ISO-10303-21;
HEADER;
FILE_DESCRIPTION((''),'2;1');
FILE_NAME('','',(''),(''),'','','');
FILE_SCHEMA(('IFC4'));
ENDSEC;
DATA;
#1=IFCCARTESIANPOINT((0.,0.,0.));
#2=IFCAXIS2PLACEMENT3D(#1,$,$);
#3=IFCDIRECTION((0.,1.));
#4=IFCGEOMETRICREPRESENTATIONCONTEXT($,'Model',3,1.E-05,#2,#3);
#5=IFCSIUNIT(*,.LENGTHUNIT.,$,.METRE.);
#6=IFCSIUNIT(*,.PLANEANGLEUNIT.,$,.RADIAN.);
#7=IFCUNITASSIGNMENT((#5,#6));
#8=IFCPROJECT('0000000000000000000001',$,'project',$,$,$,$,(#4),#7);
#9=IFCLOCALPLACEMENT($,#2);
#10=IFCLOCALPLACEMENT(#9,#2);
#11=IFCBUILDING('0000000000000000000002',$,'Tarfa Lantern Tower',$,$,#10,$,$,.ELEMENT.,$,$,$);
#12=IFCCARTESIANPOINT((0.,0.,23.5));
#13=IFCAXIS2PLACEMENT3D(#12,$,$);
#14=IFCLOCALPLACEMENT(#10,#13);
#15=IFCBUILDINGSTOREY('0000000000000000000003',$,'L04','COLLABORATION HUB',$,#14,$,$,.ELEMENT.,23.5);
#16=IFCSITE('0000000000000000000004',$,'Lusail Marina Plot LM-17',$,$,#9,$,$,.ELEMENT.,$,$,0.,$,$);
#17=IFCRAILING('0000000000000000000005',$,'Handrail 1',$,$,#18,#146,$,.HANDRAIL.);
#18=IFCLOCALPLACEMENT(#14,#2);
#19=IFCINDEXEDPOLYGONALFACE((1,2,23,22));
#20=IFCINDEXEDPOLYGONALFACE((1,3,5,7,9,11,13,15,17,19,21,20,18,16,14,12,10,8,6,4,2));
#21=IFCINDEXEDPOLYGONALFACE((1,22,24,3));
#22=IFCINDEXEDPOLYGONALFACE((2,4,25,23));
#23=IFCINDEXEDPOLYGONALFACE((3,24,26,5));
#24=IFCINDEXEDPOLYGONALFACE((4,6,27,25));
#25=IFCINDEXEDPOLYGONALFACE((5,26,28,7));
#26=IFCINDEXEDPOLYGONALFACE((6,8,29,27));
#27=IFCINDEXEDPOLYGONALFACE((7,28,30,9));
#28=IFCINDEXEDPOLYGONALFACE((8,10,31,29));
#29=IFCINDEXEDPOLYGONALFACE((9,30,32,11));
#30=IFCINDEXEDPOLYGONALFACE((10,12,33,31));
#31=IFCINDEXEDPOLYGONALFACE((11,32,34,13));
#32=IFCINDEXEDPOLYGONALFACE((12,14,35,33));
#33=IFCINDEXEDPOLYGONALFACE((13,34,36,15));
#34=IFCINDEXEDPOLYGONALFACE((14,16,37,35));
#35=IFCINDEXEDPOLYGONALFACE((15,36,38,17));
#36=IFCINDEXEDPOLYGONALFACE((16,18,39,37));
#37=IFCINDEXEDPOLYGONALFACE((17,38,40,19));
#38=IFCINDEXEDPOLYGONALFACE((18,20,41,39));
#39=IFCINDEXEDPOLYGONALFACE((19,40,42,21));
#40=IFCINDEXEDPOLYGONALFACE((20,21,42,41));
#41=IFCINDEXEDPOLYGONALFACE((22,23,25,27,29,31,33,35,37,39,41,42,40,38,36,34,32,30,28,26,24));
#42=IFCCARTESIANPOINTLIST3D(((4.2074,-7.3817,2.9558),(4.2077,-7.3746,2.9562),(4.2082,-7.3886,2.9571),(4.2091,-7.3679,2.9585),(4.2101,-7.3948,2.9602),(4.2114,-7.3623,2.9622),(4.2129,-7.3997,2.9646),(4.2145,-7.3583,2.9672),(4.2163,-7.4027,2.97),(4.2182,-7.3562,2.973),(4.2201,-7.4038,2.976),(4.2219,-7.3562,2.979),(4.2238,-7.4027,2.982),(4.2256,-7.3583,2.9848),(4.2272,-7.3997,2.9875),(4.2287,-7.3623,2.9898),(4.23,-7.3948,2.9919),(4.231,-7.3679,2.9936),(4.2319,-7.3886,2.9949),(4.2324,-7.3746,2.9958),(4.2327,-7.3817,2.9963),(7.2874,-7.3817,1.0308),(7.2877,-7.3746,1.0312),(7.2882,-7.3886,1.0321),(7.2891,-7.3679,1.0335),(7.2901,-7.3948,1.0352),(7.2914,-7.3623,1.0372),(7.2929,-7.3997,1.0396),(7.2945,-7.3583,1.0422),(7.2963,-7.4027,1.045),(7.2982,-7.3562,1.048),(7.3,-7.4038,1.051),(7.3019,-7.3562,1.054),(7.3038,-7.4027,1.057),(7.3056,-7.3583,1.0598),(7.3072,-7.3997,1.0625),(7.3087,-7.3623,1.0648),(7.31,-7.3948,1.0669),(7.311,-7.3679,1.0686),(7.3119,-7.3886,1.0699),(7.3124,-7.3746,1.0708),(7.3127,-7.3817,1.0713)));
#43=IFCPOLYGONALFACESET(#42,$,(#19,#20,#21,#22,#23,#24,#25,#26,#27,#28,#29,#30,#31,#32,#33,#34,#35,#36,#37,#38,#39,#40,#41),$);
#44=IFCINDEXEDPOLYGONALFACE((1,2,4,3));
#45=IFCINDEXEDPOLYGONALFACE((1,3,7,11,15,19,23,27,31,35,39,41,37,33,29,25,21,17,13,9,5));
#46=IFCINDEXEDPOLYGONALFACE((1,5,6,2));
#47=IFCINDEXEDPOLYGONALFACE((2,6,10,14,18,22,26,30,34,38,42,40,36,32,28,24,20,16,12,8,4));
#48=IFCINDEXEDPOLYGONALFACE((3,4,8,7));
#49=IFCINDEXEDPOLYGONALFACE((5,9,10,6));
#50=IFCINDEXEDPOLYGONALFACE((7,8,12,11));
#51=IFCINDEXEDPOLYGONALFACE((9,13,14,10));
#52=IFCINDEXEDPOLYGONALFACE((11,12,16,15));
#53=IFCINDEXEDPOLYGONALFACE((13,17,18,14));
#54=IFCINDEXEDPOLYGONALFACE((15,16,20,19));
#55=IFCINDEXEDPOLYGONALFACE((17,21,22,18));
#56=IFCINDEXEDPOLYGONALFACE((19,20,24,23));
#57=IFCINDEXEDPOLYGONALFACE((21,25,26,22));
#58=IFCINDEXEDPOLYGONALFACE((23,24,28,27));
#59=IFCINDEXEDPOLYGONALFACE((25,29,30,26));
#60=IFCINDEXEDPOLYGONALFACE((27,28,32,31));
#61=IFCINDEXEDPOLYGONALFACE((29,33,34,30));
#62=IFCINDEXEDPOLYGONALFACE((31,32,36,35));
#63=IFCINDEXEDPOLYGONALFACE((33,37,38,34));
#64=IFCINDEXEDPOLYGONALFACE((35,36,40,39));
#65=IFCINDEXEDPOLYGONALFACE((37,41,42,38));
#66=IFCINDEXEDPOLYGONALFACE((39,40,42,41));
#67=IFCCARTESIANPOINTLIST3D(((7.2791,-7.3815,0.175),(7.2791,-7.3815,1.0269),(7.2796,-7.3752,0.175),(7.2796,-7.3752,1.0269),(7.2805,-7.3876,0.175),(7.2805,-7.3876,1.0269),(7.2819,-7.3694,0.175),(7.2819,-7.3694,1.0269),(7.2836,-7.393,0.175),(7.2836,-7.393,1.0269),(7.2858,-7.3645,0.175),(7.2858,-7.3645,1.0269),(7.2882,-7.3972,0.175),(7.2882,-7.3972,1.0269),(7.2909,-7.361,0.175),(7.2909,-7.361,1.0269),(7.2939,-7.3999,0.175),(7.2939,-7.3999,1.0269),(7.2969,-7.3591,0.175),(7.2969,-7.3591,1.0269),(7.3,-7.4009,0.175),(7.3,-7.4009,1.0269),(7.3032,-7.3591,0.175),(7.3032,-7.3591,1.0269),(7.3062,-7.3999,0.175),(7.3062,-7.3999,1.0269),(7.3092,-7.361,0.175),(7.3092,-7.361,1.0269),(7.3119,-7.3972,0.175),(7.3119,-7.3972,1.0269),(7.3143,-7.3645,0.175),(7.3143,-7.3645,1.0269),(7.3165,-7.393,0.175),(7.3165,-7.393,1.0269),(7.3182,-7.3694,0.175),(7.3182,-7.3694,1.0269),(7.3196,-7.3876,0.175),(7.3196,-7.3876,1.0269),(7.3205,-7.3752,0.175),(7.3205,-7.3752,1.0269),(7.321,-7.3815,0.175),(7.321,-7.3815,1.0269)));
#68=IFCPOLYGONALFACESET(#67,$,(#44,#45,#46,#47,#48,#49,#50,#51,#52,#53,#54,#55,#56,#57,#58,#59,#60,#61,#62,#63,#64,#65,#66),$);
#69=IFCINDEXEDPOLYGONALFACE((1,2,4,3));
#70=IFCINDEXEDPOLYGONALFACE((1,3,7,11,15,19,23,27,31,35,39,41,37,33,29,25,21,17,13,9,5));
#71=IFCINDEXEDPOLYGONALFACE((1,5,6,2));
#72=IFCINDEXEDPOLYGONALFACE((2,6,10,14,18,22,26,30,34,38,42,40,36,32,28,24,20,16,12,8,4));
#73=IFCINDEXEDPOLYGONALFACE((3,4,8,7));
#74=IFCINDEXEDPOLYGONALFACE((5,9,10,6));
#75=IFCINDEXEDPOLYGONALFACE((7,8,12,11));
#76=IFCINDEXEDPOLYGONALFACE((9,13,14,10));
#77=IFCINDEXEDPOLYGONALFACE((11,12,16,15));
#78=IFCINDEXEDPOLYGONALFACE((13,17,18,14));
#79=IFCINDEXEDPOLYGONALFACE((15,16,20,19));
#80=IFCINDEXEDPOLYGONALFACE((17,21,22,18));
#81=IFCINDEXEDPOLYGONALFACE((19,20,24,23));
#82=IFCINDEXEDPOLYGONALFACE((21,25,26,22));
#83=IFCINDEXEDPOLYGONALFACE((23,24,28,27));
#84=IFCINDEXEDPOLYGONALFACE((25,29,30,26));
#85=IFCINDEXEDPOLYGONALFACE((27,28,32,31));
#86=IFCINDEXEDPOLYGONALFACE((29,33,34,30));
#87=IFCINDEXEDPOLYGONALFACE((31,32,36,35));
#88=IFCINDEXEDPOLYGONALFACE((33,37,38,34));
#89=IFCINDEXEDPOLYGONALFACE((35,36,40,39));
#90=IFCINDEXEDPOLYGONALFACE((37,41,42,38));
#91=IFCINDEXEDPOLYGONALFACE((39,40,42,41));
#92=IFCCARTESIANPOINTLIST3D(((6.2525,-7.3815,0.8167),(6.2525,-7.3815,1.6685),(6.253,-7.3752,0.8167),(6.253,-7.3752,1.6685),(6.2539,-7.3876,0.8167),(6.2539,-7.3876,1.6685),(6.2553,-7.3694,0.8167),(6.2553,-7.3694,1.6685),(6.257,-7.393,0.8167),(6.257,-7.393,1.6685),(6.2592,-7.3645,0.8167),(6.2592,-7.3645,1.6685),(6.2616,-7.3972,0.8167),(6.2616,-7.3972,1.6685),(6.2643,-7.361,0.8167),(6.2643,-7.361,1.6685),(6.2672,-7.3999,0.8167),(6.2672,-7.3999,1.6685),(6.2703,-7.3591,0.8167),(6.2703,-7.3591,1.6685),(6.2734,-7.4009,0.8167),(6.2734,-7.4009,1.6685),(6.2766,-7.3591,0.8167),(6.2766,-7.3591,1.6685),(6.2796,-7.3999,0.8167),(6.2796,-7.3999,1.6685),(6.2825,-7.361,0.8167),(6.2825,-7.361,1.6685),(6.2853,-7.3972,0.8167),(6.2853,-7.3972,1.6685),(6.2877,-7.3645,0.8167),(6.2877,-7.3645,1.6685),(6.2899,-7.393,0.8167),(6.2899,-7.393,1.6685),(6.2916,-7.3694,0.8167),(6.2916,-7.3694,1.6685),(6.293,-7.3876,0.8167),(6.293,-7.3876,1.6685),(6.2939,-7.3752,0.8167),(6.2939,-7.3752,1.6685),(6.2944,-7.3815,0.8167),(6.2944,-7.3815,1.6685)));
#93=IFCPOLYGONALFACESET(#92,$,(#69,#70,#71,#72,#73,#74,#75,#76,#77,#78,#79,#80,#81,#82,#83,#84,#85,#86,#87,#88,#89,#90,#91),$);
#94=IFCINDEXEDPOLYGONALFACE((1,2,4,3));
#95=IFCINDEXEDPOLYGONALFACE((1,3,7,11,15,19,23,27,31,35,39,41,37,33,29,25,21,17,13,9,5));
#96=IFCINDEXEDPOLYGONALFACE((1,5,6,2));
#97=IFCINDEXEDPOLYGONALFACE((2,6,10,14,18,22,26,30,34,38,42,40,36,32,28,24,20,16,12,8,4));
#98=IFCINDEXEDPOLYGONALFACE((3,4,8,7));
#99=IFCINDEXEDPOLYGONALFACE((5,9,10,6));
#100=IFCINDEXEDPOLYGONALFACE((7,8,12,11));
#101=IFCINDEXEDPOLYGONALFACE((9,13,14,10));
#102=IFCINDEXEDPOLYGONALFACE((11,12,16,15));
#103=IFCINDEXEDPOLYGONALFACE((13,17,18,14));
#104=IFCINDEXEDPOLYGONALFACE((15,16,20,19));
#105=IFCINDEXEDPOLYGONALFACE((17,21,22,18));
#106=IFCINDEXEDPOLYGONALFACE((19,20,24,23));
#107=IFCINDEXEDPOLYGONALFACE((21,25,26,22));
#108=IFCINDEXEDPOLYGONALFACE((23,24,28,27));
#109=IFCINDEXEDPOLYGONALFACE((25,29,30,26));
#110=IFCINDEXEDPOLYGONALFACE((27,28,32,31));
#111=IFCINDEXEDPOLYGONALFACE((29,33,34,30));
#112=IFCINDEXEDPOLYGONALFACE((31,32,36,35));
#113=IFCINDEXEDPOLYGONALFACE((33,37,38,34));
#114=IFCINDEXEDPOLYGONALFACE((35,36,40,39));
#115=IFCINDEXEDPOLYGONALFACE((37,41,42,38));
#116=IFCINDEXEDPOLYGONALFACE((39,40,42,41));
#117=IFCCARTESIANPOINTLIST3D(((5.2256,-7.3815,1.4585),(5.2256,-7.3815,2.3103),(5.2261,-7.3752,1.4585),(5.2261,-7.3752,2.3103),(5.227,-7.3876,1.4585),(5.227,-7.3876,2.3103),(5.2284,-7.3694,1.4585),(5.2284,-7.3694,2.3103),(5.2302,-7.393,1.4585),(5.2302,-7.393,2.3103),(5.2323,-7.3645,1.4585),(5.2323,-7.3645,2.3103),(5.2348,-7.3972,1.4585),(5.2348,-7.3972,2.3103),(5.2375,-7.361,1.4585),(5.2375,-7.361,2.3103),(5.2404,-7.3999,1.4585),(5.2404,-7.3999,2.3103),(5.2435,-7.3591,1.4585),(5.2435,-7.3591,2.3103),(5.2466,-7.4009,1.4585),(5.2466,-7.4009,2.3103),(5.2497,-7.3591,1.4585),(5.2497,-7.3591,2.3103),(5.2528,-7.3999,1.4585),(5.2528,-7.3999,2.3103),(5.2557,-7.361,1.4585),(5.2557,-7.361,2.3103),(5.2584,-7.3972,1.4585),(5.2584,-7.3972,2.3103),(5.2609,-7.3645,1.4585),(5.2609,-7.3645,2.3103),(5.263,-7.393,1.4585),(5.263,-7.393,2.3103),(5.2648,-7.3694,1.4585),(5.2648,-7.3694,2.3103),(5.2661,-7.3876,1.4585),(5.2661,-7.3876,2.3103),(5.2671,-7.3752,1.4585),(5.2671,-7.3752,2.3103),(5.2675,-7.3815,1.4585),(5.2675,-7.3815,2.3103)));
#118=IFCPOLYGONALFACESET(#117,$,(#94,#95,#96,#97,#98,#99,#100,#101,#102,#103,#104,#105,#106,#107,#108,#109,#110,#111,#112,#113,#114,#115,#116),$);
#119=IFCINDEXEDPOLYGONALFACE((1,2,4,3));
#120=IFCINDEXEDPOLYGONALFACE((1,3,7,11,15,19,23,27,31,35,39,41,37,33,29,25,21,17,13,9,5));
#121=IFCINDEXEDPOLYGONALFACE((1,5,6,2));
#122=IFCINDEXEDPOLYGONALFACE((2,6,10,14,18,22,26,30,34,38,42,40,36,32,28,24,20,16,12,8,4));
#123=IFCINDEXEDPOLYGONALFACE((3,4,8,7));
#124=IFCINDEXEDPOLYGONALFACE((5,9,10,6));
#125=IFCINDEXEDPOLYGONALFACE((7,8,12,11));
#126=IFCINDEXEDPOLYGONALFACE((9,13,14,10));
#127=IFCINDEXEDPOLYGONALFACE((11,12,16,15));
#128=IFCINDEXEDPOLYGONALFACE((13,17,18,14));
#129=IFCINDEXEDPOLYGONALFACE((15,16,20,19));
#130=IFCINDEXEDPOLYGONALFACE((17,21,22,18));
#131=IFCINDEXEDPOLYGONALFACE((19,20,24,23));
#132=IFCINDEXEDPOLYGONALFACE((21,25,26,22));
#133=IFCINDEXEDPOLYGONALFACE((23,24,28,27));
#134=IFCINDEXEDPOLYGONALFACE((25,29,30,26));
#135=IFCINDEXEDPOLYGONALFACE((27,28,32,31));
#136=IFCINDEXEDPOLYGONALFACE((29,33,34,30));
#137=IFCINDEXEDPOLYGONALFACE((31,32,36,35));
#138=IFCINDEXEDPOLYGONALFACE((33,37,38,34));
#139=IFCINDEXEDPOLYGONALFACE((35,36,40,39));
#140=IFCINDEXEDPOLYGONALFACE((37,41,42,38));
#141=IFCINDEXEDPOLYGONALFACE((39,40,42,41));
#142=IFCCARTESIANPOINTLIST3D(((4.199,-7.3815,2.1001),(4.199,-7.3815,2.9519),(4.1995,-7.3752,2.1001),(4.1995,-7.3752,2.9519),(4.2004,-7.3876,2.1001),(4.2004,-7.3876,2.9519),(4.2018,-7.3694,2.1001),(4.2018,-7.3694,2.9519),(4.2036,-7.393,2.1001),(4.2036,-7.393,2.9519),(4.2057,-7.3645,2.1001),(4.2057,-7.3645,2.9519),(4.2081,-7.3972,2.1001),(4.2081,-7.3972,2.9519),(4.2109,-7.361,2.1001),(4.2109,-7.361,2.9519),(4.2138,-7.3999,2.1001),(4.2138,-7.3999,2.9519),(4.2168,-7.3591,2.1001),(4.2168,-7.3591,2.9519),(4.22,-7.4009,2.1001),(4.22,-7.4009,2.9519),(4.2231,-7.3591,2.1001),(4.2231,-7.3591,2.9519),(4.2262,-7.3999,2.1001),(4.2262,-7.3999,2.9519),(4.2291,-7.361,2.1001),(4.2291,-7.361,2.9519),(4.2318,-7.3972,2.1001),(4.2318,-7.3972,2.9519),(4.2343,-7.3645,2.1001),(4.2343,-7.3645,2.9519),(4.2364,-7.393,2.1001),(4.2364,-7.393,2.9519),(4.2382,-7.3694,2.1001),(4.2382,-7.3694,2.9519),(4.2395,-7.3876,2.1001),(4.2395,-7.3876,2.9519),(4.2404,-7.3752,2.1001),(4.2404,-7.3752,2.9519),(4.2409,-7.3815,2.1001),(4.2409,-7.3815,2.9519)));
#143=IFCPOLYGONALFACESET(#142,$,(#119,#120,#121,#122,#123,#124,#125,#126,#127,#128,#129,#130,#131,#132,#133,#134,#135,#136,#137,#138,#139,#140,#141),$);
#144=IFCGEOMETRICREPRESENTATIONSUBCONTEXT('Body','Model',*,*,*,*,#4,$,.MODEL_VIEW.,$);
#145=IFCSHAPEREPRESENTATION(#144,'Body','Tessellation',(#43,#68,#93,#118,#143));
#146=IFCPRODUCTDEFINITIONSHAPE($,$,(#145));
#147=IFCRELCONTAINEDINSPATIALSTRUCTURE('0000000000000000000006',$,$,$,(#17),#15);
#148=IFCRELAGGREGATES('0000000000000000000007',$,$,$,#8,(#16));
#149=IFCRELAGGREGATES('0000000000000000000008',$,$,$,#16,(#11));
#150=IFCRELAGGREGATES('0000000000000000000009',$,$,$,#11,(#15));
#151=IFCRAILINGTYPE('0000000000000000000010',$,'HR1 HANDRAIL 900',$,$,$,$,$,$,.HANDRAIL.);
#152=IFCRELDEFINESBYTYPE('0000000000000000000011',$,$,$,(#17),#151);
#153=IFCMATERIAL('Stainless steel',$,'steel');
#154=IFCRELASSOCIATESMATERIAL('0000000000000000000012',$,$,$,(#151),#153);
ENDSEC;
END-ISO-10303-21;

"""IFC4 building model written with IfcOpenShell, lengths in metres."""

from ifc_helpers import new_model, si_unit, direction, frame, origin, origin_2d, place, context, subcontext, project, spatial, circle, extrude, material, type_object, element, save


model = new_model("IFC4")

# Units and contexts
model_context = context("Model", 3, precision=1e-05, world=origin(), true_north=direction((0.0, 1.0)))
body_context = subcontext(model_context, "Body", "Model", "MODEL_VIEW")
ifc_project = project(units=[si_unit("LENGTHUNIT", "METRE"), si_unit("PLANEANGLEUNIT", "RADIAN")], contexts=[model_context])

# Site, building, storey
site_placement = place(None, origin())
site = spatial("IfcSite", under=ifc_project, at=site_placement, Name="Lusail Marina Plot LM-17", CompositionType="ELEMENT", RefElevation=0.0)
building_placement = place(site_placement, origin())
building = spatial("IfcBuilding", under=site, at=building_placement, Name="Tarfa Lantern Tower", CompositionType="ELEMENT")
storey_placement = place(building_placement, frame((0.0, 0.0, 23.5)))
storey = spatial("IfcBuildingStorey", under=building, at=storey_placement, Name="L04", Description="COLLABORATION HUB", CompositionType="ELEMENT", Elevation=23.5)

# Railing
ifc_material_1 = material(Name="Stainless steel", Category="steel")
railing_type = type_object("IfcRailingType", Name="HR1 HANDRAIL 900", PredefinedType="HANDRAIL", material=ifc_material_1)
railing_1_placement = place(storey_placement, frame((7.3, -7.3799, 0.175)))
element("IfcRailing", 1, at=railing_1_placement, inside=storey, type_object=railing_type, Name="Handrail 1", PredefinedType="HANDRAIL", context=body_context, shape_type="SweptSolid", body=[
    extrude(circle(Radius=0.0239, at=origin_2d()), frame((0.0, 0.0, 0.876), z_axis=(-0.847998, 0.0, 0.529999), x_axis=(0.0, -1.0, 0.0)), (0.0, 0.0, 1.0), 3.6321),
    extrude(circle(Radius=0.021, at=origin_2d()), frame((0.0, 0.0, 0.0), z_axis=(0.0, 0.0, 1.0), x_axis=(0.0, -1.0, 0.0)), (0.0, 0.0, 1.0), 0.8518),
    extrude(circle(Radius=0.021, at=origin_2d()), frame((-1.0266, 0.0, 0.6416), z_axis=(0.0, 0.0, 1.0), x_axis=(0.0, -1.0, 0.0)), (0.0, 0.0, 1.0), 0.8518),
    extrude(circle(Radius=0.021, at=origin_2d()), frame((-2.0535, 0.0, 1.2834), z_axis=(0.0, 0.0, 1.0), x_axis=(0.0, -1.0, 0.0)), (0.0, 0.0, 1.0), 0.8518),
    extrude(circle(Radius=0.021, at=origin_2d()), frame((-3.0801, 0.0, 1.925), z_axis=(0.0, 0.0, 1.0), x_axis=(0.0, -1.0, 0.0)), (0.0, 0.0, 1.0), 0.8518),
])

save(model, "model.ifc")
